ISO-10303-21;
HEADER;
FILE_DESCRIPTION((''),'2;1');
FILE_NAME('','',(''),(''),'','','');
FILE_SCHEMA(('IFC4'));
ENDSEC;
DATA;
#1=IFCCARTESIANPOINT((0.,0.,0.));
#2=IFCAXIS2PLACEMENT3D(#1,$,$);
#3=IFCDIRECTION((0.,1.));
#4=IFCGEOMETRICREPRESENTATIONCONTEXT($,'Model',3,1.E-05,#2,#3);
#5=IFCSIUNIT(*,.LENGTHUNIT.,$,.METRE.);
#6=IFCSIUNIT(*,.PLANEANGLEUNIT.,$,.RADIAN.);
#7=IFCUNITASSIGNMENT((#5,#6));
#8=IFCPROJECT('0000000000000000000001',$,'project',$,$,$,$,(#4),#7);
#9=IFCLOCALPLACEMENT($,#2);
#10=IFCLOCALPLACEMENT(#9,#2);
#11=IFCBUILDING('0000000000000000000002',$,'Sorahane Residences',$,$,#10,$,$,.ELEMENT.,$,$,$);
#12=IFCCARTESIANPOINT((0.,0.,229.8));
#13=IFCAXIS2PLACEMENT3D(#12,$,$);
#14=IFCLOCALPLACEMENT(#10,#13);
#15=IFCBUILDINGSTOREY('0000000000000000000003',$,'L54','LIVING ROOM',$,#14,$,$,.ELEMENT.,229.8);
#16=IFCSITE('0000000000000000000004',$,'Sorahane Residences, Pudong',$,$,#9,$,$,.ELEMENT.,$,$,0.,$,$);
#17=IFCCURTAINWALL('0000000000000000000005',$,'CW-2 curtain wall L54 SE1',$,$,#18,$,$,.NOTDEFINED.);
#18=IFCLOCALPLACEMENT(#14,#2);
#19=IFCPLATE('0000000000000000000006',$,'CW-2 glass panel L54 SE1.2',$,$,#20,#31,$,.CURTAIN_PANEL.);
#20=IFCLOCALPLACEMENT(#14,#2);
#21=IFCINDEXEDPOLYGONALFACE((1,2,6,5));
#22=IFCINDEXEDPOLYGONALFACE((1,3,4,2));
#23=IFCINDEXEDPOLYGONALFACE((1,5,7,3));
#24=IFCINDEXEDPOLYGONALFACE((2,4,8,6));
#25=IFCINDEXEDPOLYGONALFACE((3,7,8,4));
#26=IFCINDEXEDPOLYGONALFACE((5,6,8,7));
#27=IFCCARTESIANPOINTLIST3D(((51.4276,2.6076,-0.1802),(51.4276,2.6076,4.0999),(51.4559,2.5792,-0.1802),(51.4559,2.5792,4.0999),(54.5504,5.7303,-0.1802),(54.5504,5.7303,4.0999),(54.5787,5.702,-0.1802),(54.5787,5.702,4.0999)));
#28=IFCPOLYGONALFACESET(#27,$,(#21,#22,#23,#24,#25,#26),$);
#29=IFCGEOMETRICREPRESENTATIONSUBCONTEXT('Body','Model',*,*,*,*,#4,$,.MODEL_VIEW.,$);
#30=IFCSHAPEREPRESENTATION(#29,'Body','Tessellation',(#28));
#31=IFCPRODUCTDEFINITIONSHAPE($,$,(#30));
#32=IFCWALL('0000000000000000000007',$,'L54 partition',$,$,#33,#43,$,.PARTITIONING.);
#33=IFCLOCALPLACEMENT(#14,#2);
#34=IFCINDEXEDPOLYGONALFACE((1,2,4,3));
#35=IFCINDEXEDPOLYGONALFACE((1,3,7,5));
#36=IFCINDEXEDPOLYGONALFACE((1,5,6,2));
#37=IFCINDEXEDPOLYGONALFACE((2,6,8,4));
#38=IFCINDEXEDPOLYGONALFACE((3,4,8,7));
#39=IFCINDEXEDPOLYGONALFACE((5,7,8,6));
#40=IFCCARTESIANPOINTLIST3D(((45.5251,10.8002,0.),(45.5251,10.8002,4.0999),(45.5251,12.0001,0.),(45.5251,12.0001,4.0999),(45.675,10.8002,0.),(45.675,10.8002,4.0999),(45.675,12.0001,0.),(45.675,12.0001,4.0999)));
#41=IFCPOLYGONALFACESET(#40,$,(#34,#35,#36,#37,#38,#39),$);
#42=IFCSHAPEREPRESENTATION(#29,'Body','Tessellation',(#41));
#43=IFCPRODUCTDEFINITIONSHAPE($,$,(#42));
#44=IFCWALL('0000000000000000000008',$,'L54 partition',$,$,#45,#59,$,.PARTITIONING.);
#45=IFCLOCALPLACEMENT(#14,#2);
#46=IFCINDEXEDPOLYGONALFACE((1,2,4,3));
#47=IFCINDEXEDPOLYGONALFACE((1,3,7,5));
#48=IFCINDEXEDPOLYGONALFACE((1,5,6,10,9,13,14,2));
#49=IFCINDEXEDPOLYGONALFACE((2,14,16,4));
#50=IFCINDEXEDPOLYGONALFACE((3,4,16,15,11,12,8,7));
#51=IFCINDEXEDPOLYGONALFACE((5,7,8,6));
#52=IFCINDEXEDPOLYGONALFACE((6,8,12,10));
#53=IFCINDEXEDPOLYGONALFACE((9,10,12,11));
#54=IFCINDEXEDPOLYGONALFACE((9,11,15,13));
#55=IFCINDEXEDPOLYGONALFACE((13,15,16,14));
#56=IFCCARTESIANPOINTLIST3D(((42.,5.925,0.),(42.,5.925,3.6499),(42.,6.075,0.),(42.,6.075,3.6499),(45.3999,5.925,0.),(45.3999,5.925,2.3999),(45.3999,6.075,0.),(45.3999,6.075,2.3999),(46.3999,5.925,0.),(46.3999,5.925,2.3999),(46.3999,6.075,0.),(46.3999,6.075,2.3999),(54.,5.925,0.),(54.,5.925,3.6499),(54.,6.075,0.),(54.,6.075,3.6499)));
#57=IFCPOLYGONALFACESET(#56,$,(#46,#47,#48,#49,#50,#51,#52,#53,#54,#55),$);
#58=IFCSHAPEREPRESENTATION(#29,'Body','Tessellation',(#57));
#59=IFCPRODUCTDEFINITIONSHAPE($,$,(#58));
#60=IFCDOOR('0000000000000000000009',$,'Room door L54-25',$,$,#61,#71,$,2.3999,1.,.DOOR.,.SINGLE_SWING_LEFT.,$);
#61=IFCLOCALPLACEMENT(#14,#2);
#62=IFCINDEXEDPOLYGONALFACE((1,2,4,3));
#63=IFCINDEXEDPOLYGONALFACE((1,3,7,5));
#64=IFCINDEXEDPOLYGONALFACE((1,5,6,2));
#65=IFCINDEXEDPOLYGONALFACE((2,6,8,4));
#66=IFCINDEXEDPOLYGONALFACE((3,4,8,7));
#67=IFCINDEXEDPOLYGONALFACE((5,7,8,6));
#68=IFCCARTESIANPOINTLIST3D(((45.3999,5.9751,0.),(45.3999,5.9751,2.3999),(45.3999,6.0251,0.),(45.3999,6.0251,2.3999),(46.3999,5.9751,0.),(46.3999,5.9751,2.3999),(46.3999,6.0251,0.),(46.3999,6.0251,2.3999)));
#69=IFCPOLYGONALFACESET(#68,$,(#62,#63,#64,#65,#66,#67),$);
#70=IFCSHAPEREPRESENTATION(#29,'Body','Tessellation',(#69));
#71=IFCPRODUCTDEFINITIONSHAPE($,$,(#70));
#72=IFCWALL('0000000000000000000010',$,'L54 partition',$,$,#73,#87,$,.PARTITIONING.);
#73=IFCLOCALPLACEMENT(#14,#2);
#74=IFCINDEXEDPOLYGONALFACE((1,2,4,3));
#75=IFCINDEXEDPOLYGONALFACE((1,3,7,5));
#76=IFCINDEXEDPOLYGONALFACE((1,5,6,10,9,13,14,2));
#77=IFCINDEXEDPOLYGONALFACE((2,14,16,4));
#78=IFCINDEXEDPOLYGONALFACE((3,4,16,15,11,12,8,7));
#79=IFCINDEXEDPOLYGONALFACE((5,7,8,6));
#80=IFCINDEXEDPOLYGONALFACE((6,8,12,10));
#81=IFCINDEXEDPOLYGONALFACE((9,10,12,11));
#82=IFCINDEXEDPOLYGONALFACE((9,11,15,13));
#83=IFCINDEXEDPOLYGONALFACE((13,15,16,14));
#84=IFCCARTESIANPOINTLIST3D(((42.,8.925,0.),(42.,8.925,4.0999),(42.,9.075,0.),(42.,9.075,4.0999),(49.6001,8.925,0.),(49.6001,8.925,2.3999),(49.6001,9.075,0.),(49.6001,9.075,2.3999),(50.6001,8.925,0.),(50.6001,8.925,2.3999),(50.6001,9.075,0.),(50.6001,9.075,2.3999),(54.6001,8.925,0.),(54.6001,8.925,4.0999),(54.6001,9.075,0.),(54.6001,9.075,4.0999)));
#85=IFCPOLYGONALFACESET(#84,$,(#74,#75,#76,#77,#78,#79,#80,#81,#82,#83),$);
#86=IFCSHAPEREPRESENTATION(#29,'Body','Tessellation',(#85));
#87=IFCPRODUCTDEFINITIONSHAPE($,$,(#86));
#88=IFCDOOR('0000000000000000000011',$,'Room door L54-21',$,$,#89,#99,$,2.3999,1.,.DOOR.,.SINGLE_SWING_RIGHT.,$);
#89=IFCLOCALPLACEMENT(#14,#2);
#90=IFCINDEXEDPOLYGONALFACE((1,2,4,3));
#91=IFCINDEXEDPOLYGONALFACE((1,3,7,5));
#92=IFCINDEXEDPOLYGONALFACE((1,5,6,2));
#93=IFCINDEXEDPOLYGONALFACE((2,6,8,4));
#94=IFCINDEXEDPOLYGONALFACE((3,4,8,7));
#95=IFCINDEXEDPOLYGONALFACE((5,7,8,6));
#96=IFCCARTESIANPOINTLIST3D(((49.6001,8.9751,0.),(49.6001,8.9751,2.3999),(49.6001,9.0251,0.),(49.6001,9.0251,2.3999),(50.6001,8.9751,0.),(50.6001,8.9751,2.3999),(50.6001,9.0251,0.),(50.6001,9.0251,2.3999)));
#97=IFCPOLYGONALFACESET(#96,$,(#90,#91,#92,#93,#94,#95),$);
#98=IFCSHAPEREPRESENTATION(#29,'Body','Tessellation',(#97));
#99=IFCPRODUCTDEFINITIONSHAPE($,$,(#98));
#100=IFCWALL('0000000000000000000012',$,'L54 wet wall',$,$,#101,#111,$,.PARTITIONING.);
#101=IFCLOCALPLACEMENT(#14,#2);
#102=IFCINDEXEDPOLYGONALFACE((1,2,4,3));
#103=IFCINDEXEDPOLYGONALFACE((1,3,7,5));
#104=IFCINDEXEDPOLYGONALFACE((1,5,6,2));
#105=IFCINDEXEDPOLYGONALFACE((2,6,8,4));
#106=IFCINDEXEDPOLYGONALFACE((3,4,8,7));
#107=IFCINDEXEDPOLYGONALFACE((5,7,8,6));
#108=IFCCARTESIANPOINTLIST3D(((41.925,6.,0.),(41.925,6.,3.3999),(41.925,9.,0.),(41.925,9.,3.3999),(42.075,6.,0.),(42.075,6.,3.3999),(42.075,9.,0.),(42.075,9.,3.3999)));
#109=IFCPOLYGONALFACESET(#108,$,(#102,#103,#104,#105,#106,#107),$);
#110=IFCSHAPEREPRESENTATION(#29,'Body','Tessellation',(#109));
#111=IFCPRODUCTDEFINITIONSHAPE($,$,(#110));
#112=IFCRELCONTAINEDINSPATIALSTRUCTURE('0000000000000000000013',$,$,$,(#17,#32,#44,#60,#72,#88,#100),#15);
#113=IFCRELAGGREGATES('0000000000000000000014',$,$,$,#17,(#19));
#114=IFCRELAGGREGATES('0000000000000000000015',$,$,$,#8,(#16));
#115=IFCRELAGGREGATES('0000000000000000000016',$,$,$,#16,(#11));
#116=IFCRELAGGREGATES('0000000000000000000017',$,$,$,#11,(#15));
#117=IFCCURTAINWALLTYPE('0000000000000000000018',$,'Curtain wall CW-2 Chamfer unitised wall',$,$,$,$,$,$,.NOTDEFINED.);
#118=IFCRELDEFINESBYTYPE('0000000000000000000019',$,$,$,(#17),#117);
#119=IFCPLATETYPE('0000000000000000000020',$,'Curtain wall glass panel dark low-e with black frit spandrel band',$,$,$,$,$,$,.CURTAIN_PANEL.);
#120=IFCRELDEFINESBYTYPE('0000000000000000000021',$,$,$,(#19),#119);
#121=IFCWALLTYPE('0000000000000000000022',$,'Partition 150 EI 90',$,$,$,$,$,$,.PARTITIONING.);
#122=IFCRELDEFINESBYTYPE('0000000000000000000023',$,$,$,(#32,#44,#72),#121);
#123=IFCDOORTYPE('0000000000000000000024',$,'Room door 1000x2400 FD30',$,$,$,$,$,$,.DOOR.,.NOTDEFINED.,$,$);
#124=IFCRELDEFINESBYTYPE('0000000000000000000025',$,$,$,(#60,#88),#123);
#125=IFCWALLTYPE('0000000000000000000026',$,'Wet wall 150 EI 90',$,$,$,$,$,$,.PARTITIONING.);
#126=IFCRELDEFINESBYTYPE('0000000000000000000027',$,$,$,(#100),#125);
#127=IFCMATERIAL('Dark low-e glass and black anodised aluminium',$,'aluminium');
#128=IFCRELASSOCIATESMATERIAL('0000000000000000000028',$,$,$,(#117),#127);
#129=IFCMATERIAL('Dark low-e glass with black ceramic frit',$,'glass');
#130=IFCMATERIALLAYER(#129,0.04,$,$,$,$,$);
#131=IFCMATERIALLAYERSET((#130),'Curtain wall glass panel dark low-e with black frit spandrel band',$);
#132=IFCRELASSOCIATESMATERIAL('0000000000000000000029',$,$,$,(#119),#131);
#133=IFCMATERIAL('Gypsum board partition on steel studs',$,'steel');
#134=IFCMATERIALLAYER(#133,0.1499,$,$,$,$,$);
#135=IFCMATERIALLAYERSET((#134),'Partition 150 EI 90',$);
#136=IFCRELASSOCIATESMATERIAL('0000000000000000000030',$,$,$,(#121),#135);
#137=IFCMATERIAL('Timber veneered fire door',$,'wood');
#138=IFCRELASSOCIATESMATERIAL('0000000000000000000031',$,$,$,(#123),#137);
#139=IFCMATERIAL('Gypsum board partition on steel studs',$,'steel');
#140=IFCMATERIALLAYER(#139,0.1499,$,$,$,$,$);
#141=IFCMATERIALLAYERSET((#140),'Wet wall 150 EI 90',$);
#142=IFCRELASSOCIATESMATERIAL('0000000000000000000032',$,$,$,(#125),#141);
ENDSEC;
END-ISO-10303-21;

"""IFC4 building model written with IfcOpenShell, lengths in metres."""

from ifc_helpers import new_model, si_unit, direction, frame, frame_2d, origin, origin_2d, place, context, subcontext, project, spatial, rectangle, extrude, material, layer, layer_set, type_object, element, fill, aggregate, save


model = new_model("IFC4")

# Units and contexts
model_context = context("Model", 3, precision=1e-05, world=origin(), true_north=direction((0.0, 1.0)))
body_context = subcontext(model_context, "Body", "Model", "MODEL_VIEW")
ifc_project = project(units=[si_unit("LENGTHUNIT", "METRE"), si_unit("PLANEANGLEUNIT", "RADIAN")], contexts=[model_context])

# Site, building, storey
site_placement = place(None, origin())
site = spatial("IfcSite", under=ifc_project, at=site_placement, Name="Sorahane Residences, Pudong", CompositionType="ELEMENT", RefElevation=0.0)
building_placement = place(site_placement, origin())
building = spatial("IfcBuilding", under=site, at=building_placement, Name="Sorahane Residences", CompositionType="ELEMENT")
storey_placement = place(building_placement, frame((0.0, 0.0, 229.8)))
storey = spatial("IfcBuildingStorey", under=building, at=storey_placement, Name="L54", Description="LIVING ROOM", CompositionType="ELEMENT", Elevation=229.8)

# Curtain wall
ifc_material_1 = material(Name="Dark low-e glass and black anodised aluminium", Category="aluminium")
curtain_wall_type_1 = type_object("IfcCurtainWallType", Name="Curtain wall CW-2 Chamfer unitised wall", PredefinedType="NOTDEFINED", material=ifc_material_1)
curtain_wall_1_placement = place(storey_placement, origin())
curtain_wall_1 = element("IfcCurtainWall", 1, at=curtain_wall_1_placement, inside=storey, type_object=curtain_wall_type_1, Name="CW-2 curtain wall L54 SE1", PredefinedType="NOTDEFINED")

# Plate
ifc_material_2 = material(Name="Dark low-e glass with black ceramic frit", Category="glass")
ifc_layer_1 = layer(ifc_material_2, 0.04)
ifc_layer_set_1 = layer_set([ifc_layer_1], Name="Curtain wall glass panel dark low-e with black frit spandrel band")
plate_type = type_object("IfcPlateType", Name="Curtain wall glass panel dark low-e with black frit spandrel band", PredefinedType="CURTAIN_PANEL", material=ifc_layer_set_1)
plate_1_placement = place(storey_placement, frame((53.0032, 4.1548, -0.1802), z_axis=(0.0, 0.0, 1.0), x_axis=(0.707107, 0.707107, 0.0)))
plate_1 = element("IfcPlate", 2, at=plate_1_placement, type_object=plate_type, Name="CW-2 glass panel L54 SE1.2", PredefinedType="CURTAIN_PANEL", context=body_context, shape_type="SweptSolid", body=[
    extrude(rectangle(XDim=4.4163, YDim=0.04, at=origin_2d()), origin(), (0.0, 0.0, 1.0), 4.28),
])
aggregate(curtain_wall_1, [plate_1])

# Wall
ifc_material_3 = material(Name="Gypsum board partition on steel studs", Category="steel")
ifc_layer_2 = layer(ifc_material_3, 0.1499)
ifc_layer_set_2 = layer_set([ifc_layer_2], Name="Partition 150 EI 90")
wall_type_1 = type_object("IfcWallType", Name="Partition 150 EI 90", PredefinedType="PARTITIONING", material=ifc_layer_set_2)
wall_1_placement = place(storey_placement, frame((45.6001, 10.8, 0.0), z_axis=(0.0, 0.0, 1.0), x_axis=(0.0, 1.0, 0.0)))
element("IfcWall", 3, at=wall_1_placement, inside=storey, type_object=wall_type_1, Name="L54 partition", PredefinedType="PARTITIONING", context=body_context, shape_type="SweptSolid", body=[
    extrude(rectangle(XDim=1.2, YDim=0.1499, at=frame_2d((0.6001, 0.0))), origin(), (0.0, 0.0, 1.0), 4.0999),
])

# Walls, openings, doors
wall_2_placement = place(storey_placement, frame((42.0, 6.0, 0.0), z_axis=(0.0, 0.0, 1.0), x_axis=(1.0, 0.0, 0.0)))
wall_2 = element("IfcWall", 4, at=wall_2_placement, inside=storey, type_object=wall_type_1, Name="L54 partition", PredefinedType="PARTITIONING", context=body_context, shape_type="SweptSolid", body=[
    extrude(rectangle(XDim=12.0, YDim=0.1499, at=frame_2d((6.0, 0.0))), origin(), (0.0, 0.0, 1.0), 3.6499),
])
opening_1_placement = place(wall_2_placement, frame((3.3999, 0.0, 0.0)))
opening_1 = element("IfcOpeningElement", 5, at=opening_1_placement, cuts=wall_2, PredefinedType="OPENING", context=body_context, shape_type="SweptSolid", body=[
    extrude(rectangle(XDim=1.0, YDim=2.3999, at=frame_2d((0.5, 1.2))), frame((0.0, 0.085, 0.0), z_axis=(0.0, -1.0, 0.0), x_axis=(1.0, 0.0, 0.0)), (0.0, 0.0, 1.0), 0.1699),
])
ifc_material_4 = material(Name="Timber veneered fire door", Category="wood")
door_type = type_object("IfcDoorType", Name="Room door 1000x2400 FD30", OperationType="NOTDEFINED", PredefinedType="DOOR", material=ifc_material_4)
door_1_placement = place(opening_1_placement, frame((1.0, 0.0, 0.0), z_axis=(0.0, 0.0, 1.0), x_axis=(-1.0, 0.0, 0.0)))
door_1 = element("IfcDoor", 6, at=door_1_placement, inside=storey, type_object=door_type, Name="Room door L54-25", OperationType="SINGLE_SWING_LEFT", OverallHeight=2.3999, OverallWidth=1.0, PredefinedType="DOOR", context=body_context, shape_type="SweptSolid", body=[
    extrude(rectangle(XDim=1.0, YDim=2.3999, at=frame_2d((0.5, 1.2))), frame((0.0, 0.0249, 0.0), z_axis=(0.0, -1.0, 0.0), x_axis=(1.0, 0.0, 0.0)), (0.0, 0.0, 1.0), 0.05),
])
fill(opening_1, door_1)
wall_3_placement = place(storey_placement, frame((42.0, 9.0, 0.0), z_axis=(0.0, 0.0, 1.0), x_axis=(1.0, 0.0, 0.0)))
wall_3 = element("IfcWall", 7, at=wall_3_placement, inside=storey, type_object=wall_type_1, Name="L54 partition", PredefinedType="PARTITIONING", context=body_context, shape_type="SweptSolid", body=[
    extrude(rectangle(XDim=12.6001, YDim=0.1499, at=frame_2d((6.3, 0.0))), origin(), (0.0, 0.0, 1.0), 4.0999),
])
opening_2_placement = place(wall_3_placement, frame((7.6001, 0.0, 0.0)))
opening_2 = element("IfcOpeningElement", 8, at=opening_2_placement, cuts=wall_3, PredefinedType="OPENING", context=body_context, shape_type="SweptSolid", body=[
    extrude(rectangle(XDim=1.0, YDim=2.3999, at=frame_2d((0.5, 1.2))), frame((0.0, 0.085, 0.0), z_axis=(0.0, -1.0, 0.0), x_axis=(1.0, 0.0, 0.0)), (0.0, 0.0, 1.0), 0.1699),
])
door_2_placement = place(opening_2_placement, frame((1.0, 0.0, 0.0), z_axis=(0.0, 0.0, 1.0), x_axis=(-1.0, 0.0, 0.0)))
door_2 = element("IfcDoor", 9, at=door_2_placement, inside=storey, type_object=door_type, Name="Room door L54-21", OperationType="SINGLE_SWING_RIGHT", OverallHeight=2.3999, OverallWidth=1.0, PredefinedType="DOOR", context=body_context, shape_type="SweptSolid", body=[
    extrude(rectangle(XDim=1.0, YDim=2.3999, at=frame_2d((0.5, 1.2))), frame((0.0, 0.0249, 0.0), z_axis=(0.0, -1.0, 0.0), x_axis=(1.0, 0.0, 0.0)), (0.0, 0.0, 1.0), 0.05),
])
fill(opening_2, door_2)

# Wall
ifc_material_5 = material(Name="Gypsum board partition on steel studs", Category="steel")
ifc_layer_3 = layer(ifc_material_5, 0.1499)
ifc_layer_set_3 = layer_set([ifc_layer_3], Name="Wet wall 150 EI 90")
wall_type_2 = type_object("IfcWallType", Name="Wet wall 150 EI 90", PredefinedType="PARTITIONING", material=ifc_layer_set_3)
wall_4_placement = place(storey_placement, frame((42.0, 6.0, 0.0), z_axis=(0.0, 0.0, 1.0), x_axis=(0.0, 1.0, 0.0)))
element("IfcWall", 10, at=wall_4_placement, inside=storey, type_object=wall_type_2, Name="L54 wet wall", PredefinedType="PARTITIONING", context=body_context, shape_type="SweptSolid", body=[
    extrude(rectangle(XDim=3.0, YDim=0.1499, at=frame_2d((1.5, 0.0))), origin(), (0.0, 0.0, 1.0), 3.3999),
])

save(model, "model.ifc")
